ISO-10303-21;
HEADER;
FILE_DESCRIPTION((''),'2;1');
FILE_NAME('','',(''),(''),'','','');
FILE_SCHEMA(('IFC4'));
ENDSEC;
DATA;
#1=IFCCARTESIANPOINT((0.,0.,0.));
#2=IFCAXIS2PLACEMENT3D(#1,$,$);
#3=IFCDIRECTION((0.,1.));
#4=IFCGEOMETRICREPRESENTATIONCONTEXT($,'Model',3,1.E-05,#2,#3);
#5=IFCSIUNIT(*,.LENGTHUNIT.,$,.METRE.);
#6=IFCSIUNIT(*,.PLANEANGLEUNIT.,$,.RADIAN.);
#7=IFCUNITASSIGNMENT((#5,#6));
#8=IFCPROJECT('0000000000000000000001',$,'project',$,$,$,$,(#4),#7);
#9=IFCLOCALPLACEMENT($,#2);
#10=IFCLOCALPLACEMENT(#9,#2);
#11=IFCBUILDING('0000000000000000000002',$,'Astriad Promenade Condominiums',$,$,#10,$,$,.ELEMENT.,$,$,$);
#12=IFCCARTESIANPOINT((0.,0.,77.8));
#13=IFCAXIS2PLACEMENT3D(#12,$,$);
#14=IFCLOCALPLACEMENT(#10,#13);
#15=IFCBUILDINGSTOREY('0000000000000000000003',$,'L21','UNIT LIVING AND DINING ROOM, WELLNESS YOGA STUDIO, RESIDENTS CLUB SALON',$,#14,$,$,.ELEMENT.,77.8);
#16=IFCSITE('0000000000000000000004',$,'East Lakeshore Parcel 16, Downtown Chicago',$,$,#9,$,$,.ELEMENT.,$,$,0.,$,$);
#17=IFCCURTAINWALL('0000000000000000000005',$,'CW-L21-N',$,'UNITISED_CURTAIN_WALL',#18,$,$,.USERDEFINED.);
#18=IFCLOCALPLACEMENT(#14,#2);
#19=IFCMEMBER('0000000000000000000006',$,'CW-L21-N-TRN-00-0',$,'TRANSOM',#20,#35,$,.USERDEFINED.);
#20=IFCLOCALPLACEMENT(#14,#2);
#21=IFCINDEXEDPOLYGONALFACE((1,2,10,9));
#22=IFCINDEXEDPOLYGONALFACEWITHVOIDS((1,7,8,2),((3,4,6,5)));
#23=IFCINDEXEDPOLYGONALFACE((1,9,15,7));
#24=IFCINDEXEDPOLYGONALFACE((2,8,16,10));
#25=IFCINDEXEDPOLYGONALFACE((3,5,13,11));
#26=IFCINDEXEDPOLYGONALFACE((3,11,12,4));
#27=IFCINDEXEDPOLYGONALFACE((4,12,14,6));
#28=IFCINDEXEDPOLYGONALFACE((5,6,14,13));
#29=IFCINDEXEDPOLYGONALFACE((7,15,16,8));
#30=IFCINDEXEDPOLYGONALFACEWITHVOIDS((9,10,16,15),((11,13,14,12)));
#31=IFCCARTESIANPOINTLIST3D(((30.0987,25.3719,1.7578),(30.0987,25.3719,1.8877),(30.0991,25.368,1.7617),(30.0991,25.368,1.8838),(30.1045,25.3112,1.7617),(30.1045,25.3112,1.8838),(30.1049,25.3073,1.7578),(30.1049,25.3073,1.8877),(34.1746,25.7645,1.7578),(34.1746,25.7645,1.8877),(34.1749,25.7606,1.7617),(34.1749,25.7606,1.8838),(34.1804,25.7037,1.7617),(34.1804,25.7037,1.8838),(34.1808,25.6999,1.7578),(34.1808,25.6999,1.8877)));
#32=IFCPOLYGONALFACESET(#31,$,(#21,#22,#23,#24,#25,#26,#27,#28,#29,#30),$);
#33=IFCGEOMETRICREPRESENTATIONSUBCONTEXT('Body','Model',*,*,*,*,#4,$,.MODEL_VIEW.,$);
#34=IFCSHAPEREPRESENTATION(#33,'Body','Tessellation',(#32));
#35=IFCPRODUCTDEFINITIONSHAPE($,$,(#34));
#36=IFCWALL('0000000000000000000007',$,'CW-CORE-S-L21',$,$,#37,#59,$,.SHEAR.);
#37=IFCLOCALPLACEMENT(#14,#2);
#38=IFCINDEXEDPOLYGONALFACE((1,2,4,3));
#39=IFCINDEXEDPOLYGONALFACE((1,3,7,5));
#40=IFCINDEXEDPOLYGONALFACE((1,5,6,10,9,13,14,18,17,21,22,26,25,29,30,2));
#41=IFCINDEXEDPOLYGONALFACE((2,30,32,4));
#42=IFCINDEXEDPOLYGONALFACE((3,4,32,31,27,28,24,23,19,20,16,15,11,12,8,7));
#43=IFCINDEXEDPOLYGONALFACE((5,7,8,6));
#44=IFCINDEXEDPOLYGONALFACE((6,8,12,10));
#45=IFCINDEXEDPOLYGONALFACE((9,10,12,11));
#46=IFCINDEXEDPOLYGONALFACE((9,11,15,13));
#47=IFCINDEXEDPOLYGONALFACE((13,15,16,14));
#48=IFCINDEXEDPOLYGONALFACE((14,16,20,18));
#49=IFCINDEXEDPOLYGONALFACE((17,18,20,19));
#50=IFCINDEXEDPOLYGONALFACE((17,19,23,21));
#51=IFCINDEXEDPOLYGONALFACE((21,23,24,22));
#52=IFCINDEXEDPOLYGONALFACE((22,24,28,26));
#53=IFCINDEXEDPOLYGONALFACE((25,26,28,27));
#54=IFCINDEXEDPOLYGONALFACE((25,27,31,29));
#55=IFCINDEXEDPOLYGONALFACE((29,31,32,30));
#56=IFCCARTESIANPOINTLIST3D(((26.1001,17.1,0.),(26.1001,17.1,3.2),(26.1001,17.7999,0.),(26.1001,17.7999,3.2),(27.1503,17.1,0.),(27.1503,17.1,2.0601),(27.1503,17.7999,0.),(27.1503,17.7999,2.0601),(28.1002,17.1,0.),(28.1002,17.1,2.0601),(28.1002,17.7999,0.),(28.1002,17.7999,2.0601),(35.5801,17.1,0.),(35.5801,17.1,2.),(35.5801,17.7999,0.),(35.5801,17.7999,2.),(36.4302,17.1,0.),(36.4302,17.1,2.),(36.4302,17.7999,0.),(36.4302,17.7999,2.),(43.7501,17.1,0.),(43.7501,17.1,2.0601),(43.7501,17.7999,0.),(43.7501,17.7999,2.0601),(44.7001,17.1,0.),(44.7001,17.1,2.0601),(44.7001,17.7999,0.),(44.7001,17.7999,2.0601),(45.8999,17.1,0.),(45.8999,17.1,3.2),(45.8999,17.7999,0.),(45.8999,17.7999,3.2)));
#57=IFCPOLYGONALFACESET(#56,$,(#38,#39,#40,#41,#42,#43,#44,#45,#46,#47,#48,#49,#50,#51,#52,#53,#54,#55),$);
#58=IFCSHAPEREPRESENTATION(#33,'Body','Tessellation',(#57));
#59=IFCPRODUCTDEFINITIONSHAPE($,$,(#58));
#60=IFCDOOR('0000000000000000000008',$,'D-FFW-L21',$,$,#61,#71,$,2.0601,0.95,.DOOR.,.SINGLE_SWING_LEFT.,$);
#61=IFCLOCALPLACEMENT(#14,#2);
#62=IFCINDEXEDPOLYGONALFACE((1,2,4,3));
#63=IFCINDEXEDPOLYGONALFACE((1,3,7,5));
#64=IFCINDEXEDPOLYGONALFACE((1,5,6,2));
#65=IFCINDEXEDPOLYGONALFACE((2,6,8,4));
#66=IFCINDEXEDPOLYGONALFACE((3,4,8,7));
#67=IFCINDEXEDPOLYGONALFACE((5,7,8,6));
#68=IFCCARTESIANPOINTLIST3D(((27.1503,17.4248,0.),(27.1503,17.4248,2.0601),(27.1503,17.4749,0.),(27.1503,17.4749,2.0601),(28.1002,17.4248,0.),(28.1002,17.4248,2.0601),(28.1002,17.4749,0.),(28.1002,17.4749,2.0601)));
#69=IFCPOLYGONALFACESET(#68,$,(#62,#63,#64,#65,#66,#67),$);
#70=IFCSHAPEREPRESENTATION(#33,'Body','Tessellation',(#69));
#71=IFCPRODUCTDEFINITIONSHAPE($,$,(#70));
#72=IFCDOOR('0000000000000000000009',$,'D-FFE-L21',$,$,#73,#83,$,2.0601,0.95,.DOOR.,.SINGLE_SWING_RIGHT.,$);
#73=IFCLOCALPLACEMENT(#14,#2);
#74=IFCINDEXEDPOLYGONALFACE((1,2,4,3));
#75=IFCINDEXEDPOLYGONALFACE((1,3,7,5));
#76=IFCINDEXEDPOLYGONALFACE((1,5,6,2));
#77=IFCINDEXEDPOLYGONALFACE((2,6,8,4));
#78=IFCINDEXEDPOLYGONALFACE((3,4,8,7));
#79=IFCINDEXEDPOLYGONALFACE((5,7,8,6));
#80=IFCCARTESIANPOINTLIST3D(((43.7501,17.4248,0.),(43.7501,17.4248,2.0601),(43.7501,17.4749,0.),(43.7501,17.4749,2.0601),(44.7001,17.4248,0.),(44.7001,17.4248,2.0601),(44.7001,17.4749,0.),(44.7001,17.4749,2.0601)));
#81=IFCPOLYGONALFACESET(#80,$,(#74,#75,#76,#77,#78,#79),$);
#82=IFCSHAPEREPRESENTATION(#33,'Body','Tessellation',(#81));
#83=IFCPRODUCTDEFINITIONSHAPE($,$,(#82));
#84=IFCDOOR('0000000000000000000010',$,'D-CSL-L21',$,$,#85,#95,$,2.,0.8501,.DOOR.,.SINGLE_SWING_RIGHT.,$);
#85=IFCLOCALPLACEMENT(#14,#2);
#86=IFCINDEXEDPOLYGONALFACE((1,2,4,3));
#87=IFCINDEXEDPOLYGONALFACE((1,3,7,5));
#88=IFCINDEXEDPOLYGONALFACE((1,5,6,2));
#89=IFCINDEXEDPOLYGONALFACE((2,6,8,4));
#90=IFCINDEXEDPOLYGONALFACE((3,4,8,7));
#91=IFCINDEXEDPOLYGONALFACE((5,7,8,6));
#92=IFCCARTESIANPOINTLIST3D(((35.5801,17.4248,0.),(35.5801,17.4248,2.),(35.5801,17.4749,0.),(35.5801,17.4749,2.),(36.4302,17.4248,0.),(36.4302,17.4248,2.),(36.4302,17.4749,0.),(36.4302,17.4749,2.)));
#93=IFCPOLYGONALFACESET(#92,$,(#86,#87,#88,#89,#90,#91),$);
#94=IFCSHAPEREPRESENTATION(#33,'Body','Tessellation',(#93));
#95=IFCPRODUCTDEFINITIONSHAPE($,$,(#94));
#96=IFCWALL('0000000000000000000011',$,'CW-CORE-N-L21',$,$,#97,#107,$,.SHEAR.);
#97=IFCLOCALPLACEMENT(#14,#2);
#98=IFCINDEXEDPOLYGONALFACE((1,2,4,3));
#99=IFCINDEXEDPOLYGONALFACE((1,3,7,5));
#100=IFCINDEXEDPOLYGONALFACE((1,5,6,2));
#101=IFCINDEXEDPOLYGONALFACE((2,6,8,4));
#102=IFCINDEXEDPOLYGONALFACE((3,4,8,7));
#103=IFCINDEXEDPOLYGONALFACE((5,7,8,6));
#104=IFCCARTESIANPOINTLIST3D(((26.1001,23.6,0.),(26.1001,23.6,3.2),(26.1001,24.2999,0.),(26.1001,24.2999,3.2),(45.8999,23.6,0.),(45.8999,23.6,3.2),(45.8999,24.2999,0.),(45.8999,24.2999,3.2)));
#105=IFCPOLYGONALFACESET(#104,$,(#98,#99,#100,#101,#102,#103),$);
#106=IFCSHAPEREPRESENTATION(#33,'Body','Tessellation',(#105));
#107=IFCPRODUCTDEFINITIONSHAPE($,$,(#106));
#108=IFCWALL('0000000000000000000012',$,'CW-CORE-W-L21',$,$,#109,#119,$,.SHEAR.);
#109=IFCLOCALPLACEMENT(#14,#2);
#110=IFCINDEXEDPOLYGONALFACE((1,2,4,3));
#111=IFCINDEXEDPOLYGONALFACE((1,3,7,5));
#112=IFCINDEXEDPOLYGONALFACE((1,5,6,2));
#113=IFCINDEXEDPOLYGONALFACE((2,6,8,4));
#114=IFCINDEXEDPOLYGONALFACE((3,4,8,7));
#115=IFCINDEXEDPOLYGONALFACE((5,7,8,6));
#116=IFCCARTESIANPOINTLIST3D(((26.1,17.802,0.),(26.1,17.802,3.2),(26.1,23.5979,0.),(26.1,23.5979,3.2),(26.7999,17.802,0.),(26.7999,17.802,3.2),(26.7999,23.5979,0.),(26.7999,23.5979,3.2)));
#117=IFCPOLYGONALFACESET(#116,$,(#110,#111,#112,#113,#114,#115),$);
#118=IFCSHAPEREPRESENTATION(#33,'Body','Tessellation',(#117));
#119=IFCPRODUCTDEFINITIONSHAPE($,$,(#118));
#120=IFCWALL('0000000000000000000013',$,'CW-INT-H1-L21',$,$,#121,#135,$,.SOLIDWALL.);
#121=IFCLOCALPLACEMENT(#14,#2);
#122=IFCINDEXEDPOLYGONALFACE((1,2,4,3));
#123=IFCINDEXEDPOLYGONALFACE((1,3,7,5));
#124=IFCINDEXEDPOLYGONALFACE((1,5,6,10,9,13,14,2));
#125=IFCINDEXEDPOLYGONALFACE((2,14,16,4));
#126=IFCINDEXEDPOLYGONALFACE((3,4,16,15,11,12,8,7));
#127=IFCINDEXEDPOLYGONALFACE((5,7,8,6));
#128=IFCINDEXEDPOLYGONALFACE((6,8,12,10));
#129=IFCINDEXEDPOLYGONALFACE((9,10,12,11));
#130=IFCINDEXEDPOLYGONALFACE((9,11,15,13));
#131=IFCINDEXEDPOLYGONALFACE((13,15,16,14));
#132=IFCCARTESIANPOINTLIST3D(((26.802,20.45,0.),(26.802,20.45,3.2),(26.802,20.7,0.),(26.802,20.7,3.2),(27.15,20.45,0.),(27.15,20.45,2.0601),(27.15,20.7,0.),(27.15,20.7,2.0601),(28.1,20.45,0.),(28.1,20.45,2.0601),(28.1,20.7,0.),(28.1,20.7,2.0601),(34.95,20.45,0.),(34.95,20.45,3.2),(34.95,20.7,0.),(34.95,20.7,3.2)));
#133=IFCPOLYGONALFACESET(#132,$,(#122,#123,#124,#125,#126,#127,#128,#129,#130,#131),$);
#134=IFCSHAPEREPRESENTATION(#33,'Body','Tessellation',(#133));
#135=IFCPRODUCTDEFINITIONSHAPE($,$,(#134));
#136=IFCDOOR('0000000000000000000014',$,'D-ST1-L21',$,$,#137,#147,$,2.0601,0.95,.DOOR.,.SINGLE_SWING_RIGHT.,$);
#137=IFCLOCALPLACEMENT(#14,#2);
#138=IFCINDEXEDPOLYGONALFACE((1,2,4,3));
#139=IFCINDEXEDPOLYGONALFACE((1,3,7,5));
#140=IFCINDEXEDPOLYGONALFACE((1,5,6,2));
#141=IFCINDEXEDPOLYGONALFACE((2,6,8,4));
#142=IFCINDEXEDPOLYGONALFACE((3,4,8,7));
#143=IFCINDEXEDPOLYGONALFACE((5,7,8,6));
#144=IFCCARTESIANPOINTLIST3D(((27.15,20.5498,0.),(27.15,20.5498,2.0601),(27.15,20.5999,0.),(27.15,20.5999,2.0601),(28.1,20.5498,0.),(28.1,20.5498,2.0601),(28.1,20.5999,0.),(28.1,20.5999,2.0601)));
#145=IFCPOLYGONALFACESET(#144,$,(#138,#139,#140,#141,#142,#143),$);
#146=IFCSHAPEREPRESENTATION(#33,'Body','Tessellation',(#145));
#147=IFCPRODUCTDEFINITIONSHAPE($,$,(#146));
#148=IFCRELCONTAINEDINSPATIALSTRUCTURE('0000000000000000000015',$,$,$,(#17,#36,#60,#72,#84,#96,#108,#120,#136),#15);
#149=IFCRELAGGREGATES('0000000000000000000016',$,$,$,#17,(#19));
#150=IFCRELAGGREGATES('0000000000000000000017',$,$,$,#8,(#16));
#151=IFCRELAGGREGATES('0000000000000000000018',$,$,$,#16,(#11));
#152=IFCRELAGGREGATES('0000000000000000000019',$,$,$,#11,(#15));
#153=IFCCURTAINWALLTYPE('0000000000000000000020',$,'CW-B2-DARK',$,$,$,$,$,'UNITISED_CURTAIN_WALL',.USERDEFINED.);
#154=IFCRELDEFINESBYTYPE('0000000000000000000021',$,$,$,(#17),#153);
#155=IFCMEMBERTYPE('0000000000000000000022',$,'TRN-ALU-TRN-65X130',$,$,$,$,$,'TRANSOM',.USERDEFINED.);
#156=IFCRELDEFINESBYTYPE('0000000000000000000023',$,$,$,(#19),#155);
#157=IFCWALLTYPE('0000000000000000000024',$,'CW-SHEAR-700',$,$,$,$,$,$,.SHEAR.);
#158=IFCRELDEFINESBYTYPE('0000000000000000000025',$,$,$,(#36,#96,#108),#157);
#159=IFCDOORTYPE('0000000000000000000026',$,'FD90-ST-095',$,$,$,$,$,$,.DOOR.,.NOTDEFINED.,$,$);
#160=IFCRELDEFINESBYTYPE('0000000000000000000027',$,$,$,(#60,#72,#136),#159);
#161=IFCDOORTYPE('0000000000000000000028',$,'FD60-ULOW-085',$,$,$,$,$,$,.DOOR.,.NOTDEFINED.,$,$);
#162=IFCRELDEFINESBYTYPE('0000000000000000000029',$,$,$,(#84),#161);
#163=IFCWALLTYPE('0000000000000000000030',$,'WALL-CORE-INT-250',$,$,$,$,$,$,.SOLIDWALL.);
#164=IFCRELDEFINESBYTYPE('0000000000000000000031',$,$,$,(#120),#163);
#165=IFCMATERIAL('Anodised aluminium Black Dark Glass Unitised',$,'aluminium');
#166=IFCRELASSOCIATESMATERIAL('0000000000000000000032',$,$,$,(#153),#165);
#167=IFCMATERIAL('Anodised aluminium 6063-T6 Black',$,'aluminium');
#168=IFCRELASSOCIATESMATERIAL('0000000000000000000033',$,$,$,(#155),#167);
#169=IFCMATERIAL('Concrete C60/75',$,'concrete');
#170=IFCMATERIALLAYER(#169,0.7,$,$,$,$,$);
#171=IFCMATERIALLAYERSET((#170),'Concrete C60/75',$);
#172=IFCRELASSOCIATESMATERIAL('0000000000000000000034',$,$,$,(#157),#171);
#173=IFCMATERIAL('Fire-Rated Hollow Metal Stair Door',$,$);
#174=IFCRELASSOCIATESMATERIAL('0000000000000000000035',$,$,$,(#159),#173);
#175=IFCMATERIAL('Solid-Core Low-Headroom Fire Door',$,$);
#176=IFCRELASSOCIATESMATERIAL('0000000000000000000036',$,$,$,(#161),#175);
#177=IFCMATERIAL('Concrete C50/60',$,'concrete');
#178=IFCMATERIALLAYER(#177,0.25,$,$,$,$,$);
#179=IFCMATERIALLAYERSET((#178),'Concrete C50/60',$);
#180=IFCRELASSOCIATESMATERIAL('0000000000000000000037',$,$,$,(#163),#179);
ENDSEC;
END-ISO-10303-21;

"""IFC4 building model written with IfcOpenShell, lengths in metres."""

from ifc_helpers import new_model, si_unit, direction, frame, frame_2d, origin, origin_2d, place, context, subcontext, project, spatial, rectangle, hollow_rectangle, extrude, source, transform, mapped, material, layer, layer_set, material_profile, profile_set, type_object, type_shapes, element, fill, aggregate, save


model = new_model("IFC4")

# Units and contexts
model_context = context("Model", 3, precision=1e-05, world=origin(), true_north=direction((0.0, 1.0)))
body_context = subcontext(model_context, "Body", "Model", "MODEL_VIEW")
ifc_project = project(units=[si_unit("LENGTHUNIT", "METRE"), si_unit("PLANEANGLEUNIT", "RADIAN")], contexts=[model_context])

# Site, building, storey
site_placement = place(None, origin())
site = spatial("IfcSite", under=ifc_project, at=site_placement, Name="East Lakeshore Parcel 16, Downtown Chicago", CompositionType="ELEMENT", RefElevation=0.0)
building_placement = place(site_placement, origin())
building = spatial("IfcBuilding", under=site, at=building_placement, Name="Astriad Promenade Condominiums", CompositionType="ELEMENT")
storey_placement = place(building_placement, frame((0.0, 0.0, 77.8)))
storey = spatial("IfcBuildingStorey", under=building, at=storey_placement, Name="L21", Description="UNIT LIVING AND DINING ROOM, WELLNESS YOGA STUDIO, RESIDENTS CLUB SALON", CompositionType="ELEMENT", Elevation=77.8)

# Shared definitions
ifc_material_1 = material(Name="Concrete C60/75", Category="concrete")

# Curtain wall, member
ifc_material_2 = material(Name="Anodised aluminium Black Dark Glass Unitised", Category="aluminium")
curtain_wall_type = type_object("IfcCurtainWallType", Name="CW-B2-DARK", ElementType="UNITISED_CURTAIN_WALL", PredefinedType="USERDEFINED", material=ifc_material_2)
curtain_wall_placement = place(storey_placement, origin())
curtain_wall = element("IfcCurtainWall", 1, at=curtain_wall_placement, inside=storey, type_object=curtain_wall_type, Name="CW-L21-N", ObjectType="UNITISED_CURTAIN_WALL", PredefinedType="USERDEFINED")
ifc_material_3 = material(Name="Anodised aluminium 6063-T6 Black", Category="aluminium")
ifc_material_profile_1 = material_profile(ifc_material_3, hollow_rectangle(XDim=0.0649, YDim=0.1299, WallThickness=0.0039, at=origin_2d()), Name="ALU-TRN-65X130")
ifc_profile_set_1 = profile_set([ifc_material_profile_1], Name="Anodised aluminium 6063-T6 Black")
member_type_1 = type_object("IfcMemberType", Name="TRN-ALU-TRN-65X130", ElementType="TRANSOM", PredefinedType="USERDEFINED", material=ifc_profile_set_1)
shared_shape_1 = source(origin(), body_context, "Body", "SweptSolid", [
    extrude(hollow_rectangle(XDim=0.0649, YDim=0.1299, WallThickness=0.0039, at=origin_2d()), origin(), (0.0, 0.0, 1.0), 4.0947),
])
type_shapes(member_type_1, [shared_shape_1])
member_1_placement = place(storey_placement, frame((30.1018, 25.3396, 1.8228), z_axis=(0.995394, 0.095873, 0.0), x_axis=(-0.095873, 0.995394, 0.0)))
member_1 = element("IfcMember", 2, at=member_1_placement, type_object=member_type_1, Name="CW-L21-N-TRN-00-0", ObjectType="TRANSOM", PredefinedType="USERDEFINED", context=body_context, shape_type="MappedRepresentation", body=[
    mapped(shared_shape_1, transform((0.0, 0.0, 0.0), scale=1.0)),
])
aggregate(curtain_wall, [member_1])

# Wall, openings, doors
ifc_layer_1 = layer(ifc_material_1, 0.7)
ifc_layer_set_1 = layer_set([ifc_layer_1], Name="Concrete C60/75")
wall_type_1 = type_object("IfcWallType", Name="CW-SHEAR-700", PredefinedType="SHEAR", material=ifc_layer_set_1)
wall_1_placement = place(storey_placement, frame((26.1001, 17.45, 0.0), z_axis=(0.0, 0.0, 1.0), x_axis=(1.0, 0.0, 0.0)))
wall_1 = element("IfcWall", 3, at=wall_1_placement, inside=storey, type_object=wall_type_1, Name="CW-CORE-S-L21", PredefinedType="SHEAR", context=body_context, shape_type="SweptSolid", body=[
    extrude(rectangle(XDim=19.7998, YDim=0.7, at=frame_2d((9.8999, 0.0))), origin(), (0.0, 0.0, 1.0), 3.2),
])
opening_1_placement = place(wall_1_placement, frame((1.05, 0.0, 0.0)))
opening_1 = element("IfcOpeningElement", 4, at=opening_1_placement, cuts=wall_1, PredefinedType="OPENING", context=body_context, shape_type="SweptSolid", body=[
    extrude(rectangle(XDim=0.95, YDim=2.0601, at=frame_2d((0.4751, 1.03))), frame((0.0, 0.3599, 0.0), z_axis=(0.0, -1.0, 0.0), x_axis=(1.0, 0.0, 0.0)), (0.0, 0.0, 1.0), 0.72),
])
opening_2_placement = place(wall_1_placement, frame((9.48, 0.0, 0.0)))
opening_2 = element("IfcOpeningElement", 5, at=opening_2_placement, cuts=wall_1, PredefinedType="OPENING", context=body_context, shape_type="SweptSolid", body=[
    extrude(rectangle(XDim=0.8501, YDim=2.0, at=frame_2d((0.425, 1.0))), frame((0.0, 0.3599, 0.0), z_axis=(0.0, -1.0, 0.0), x_axis=(1.0, 0.0, 0.0)), (0.0, 0.0, 1.0), 0.72),
])
opening_3_placement = place(wall_1_placement, frame((17.6499, 0.0, 0.0)))
opening_3 = element("IfcOpeningElement", 6, at=opening_3_placement, cuts=wall_1, PredefinedType="OPENING", context=body_context, shape_type="SweptSolid", body=[
    extrude(rectangle(XDim=0.95, YDim=2.0601, at=frame_2d((0.4751, 1.03))), frame((0.0, 0.3599, 0.0), z_axis=(0.0, -1.0, 0.0), x_axis=(1.0, 0.0, 0.0)), (0.0, 0.0, 1.0), 0.72),
])
ifc_material_4 = material(Name="Fire-Rated Hollow Metal Stair Door")
door_type_1 = type_object("IfcDoorType", Name="FD90-ST-095", OperationType="NOTDEFINED", PredefinedType="DOOR", material=ifc_material_4)
shared_shape_2 = source(origin(), body_context, "Body", "SweptSolid", [
    extrude(rectangle(XDim=0.95, YDim=2.0601, at=frame_2d((0.4751, 1.03))), frame((0.0, 0.0249, 0.0), z_axis=(0.0, -1.0, 0.0), x_axis=(1.0, 0.0, 0.0)), (0.0, 0.0, 1.0), 0.05),
])
type_shapes(door_type_1, [shared_shape_2])
door_1_placement = place(opening_1_placement, origin())
door_1 = element("IfcDoor", 7, at=door_1_placement, inside=storey, type_object=door_type_1, Name="D-FFW-L21", OperationType="SINGLE_SWING_LEFT", OverallHeight=2.0601, OverallWidth=0.95, PredefinedType="DOOR", context=body_context, shape_type="MappedRepresentation", body=[
    mapped(shared_shape_2, transform((0.0, 0.0, 0.0), scale=1.0)),
])
fill(opening_1, door_1)
door_2_placement = place(opening_3_placement, origin())
door_2 = element("IfcDoor", 8, at=door_2_placement, inside=storey, type_object=door_type_1, Name="D-FFE-L21", OperationType="SINGLE_SWING_RIGHT", OverallHeight=2.0601, OverallWidth=0.95, PredefinedType="DOOR", context=body_context, shape_type="MappedRepresentation", body=[
    mapped(shared_shape_2, transform((0.0, 0.0, 0.0), scale=1.0)),
])
fill(opening_3, door_2)
ifc_material_5 = material(Name="Solid-Core Low-Headroom Fire Door")
door_type_2 = type_object("IfcDoorType", Name="FD60-ULOW-085", OperationType="NOTDEFINED", PredefinedType="DOOR", material=ifc_material_5)
shared_shape_3 = source(origin(), body_context, "Body", "SweptSolid", [
    extrude(rectangle(XDim=0.8501, YDim=2.0, at=frame_2d((0.425, 1.0))), frame((0.0, 0.0249, 0.0), z_axis=(0.0, -1.0, 0.0), x_axis=(1.0, 0.0, 0.0)), (0.0, 0.0, 1.0), 0.05),
])
type_shapes(door_type_2, [shared_shape_3])
door_3_placement = place(opening_2_placement, origin())
door_3 = element("IfcDoor", 9, at=door_3_placement, inside=storey, type_object=door_type_2, Name="D-CSL-L21", OperationType="SINGLE_SWING_RIGHT", OverallHeight=2.0, OverallWidth=0.8501, PredefinedType="DOOR", context=body_context, shape_type="MappedRepresentation", body=[
    mapped(shared_shape_3, transform((0.0, 0.0, 0.0), scale=1.0)),
])
fill(opening_2, door_3)

# Walls
wall_2_placement = place(storey_placement, frame((26.1001, 23.95, 0.0), z_axis=(0.0, 0.0, 1.0), x_axis=(1.0, 0.0, 0.0)))
element("IfcWall", 10, at=wall_2_placement, inside=storey, type_object=wall_type_1, Name="CW-CORE-N-L21", PredefinedType="SHEAR", context=body_context, shape_type="SweptSolid", body=[
    extrude(rectangle(XDim=19.7998, YDim=0.7, at=frame_2d((9.8999, 0.0))), origin(), (0.0, 0.0, 1.0), 3.2),
])
wall_3_placement = place(storey_placement, frame((26.45, 17.802, 0.0), z_axis=(0.0, 0.0, 1.0), x_axis=(0.0, 1.0, 0.0)))
element("IfcWall", 11, at=wall_3_placement, inside=storey, type_object=wall_type_1, Name="CW-CORE-W-L21", PredefinedType="SHEAR", context=body_context, shape_type="SweptSolid", body=[
    extrude(rectangle(XDim=5.7959, YDim=0.7, at=frame_2d((2.8979, 0.0))), origin(), (0.0, 0.0, 1.0), 3.2),
])

# Wall, opening, door
ifc_material_6 = material(Name="Concrete C50/60", Category="concrete")
ifc_layer_2 = layer(ifc_material_6, 0.25)
ifc_layer_set_2 = layer_set([ifc_layer_2], Name="Concrete C50/60")
wall_type_2 = type_object("IfcWallType", Name="WALL-CORE-INT-250", PredefinedType="SOLIDWALL", material=ifc_layer_set_2)
wall_4_placement = place(storey_placement, frame((26.802, 20.575, 0.0), z_axis=(0.0, 0.0, 1.0), x_axis=(1.0, 0.0, 0.0)))
wall_4 = element("IfcWall", 12, at=wall_4_placement, inside=storey, type_object=wall_type_2, Name="CW-INT-H1-L21", PredefinedType="SOLIDWALL", context=body_context, shape_type="SweptSolid", body=[
    extrude(rectangle(XDim=8.1479, YDim=0.25, at=frame_2d((4.074, 0.0))), origin(), (0.0, 0.0, 1.0), 3.2),
])
opening_4_placement = place(wall_4_placement, frame((0.3479, 0.0, 0.0)))
opening_4 = element("IfcOpeningElement", 13, at=opening_4_placement, cuts=wall_4, PredefinedType="OPENING", context=body_context, shape_type="SweptSolid", body=[
    extrude(rectangle(XDim=0.95, YDim=2.0601, at=frame_2d((0.4751, 1.03))), frame((0.0, 0.135, 0.0), z_axis=(0.0, -1.0, 0.0), x_axis=(1.0, 0.0, 0.0)), (0.0, 0.0, 1.0), 0.27),
])
door_4_placement = place(opening_4_placement, origin())
door_4 = element("IfcDoor", 14, at=door_4_placement, inside=storey, type_object=door_type_1, Name="D-ST1-L21", OperationType="SINGLE_SWING_RIGHT", OverallHeight=2.0601, OverallWidth=0.95, PredefinedType="DOOR", context=body_context, shape_type="MappedRepresentation", body=[
    mapped(shared_shape_2, transform((0.0, 0.0, 0.0), scale=1.0)),
])
fill(opening_4, door_4)

save(model, "model.ifc")
